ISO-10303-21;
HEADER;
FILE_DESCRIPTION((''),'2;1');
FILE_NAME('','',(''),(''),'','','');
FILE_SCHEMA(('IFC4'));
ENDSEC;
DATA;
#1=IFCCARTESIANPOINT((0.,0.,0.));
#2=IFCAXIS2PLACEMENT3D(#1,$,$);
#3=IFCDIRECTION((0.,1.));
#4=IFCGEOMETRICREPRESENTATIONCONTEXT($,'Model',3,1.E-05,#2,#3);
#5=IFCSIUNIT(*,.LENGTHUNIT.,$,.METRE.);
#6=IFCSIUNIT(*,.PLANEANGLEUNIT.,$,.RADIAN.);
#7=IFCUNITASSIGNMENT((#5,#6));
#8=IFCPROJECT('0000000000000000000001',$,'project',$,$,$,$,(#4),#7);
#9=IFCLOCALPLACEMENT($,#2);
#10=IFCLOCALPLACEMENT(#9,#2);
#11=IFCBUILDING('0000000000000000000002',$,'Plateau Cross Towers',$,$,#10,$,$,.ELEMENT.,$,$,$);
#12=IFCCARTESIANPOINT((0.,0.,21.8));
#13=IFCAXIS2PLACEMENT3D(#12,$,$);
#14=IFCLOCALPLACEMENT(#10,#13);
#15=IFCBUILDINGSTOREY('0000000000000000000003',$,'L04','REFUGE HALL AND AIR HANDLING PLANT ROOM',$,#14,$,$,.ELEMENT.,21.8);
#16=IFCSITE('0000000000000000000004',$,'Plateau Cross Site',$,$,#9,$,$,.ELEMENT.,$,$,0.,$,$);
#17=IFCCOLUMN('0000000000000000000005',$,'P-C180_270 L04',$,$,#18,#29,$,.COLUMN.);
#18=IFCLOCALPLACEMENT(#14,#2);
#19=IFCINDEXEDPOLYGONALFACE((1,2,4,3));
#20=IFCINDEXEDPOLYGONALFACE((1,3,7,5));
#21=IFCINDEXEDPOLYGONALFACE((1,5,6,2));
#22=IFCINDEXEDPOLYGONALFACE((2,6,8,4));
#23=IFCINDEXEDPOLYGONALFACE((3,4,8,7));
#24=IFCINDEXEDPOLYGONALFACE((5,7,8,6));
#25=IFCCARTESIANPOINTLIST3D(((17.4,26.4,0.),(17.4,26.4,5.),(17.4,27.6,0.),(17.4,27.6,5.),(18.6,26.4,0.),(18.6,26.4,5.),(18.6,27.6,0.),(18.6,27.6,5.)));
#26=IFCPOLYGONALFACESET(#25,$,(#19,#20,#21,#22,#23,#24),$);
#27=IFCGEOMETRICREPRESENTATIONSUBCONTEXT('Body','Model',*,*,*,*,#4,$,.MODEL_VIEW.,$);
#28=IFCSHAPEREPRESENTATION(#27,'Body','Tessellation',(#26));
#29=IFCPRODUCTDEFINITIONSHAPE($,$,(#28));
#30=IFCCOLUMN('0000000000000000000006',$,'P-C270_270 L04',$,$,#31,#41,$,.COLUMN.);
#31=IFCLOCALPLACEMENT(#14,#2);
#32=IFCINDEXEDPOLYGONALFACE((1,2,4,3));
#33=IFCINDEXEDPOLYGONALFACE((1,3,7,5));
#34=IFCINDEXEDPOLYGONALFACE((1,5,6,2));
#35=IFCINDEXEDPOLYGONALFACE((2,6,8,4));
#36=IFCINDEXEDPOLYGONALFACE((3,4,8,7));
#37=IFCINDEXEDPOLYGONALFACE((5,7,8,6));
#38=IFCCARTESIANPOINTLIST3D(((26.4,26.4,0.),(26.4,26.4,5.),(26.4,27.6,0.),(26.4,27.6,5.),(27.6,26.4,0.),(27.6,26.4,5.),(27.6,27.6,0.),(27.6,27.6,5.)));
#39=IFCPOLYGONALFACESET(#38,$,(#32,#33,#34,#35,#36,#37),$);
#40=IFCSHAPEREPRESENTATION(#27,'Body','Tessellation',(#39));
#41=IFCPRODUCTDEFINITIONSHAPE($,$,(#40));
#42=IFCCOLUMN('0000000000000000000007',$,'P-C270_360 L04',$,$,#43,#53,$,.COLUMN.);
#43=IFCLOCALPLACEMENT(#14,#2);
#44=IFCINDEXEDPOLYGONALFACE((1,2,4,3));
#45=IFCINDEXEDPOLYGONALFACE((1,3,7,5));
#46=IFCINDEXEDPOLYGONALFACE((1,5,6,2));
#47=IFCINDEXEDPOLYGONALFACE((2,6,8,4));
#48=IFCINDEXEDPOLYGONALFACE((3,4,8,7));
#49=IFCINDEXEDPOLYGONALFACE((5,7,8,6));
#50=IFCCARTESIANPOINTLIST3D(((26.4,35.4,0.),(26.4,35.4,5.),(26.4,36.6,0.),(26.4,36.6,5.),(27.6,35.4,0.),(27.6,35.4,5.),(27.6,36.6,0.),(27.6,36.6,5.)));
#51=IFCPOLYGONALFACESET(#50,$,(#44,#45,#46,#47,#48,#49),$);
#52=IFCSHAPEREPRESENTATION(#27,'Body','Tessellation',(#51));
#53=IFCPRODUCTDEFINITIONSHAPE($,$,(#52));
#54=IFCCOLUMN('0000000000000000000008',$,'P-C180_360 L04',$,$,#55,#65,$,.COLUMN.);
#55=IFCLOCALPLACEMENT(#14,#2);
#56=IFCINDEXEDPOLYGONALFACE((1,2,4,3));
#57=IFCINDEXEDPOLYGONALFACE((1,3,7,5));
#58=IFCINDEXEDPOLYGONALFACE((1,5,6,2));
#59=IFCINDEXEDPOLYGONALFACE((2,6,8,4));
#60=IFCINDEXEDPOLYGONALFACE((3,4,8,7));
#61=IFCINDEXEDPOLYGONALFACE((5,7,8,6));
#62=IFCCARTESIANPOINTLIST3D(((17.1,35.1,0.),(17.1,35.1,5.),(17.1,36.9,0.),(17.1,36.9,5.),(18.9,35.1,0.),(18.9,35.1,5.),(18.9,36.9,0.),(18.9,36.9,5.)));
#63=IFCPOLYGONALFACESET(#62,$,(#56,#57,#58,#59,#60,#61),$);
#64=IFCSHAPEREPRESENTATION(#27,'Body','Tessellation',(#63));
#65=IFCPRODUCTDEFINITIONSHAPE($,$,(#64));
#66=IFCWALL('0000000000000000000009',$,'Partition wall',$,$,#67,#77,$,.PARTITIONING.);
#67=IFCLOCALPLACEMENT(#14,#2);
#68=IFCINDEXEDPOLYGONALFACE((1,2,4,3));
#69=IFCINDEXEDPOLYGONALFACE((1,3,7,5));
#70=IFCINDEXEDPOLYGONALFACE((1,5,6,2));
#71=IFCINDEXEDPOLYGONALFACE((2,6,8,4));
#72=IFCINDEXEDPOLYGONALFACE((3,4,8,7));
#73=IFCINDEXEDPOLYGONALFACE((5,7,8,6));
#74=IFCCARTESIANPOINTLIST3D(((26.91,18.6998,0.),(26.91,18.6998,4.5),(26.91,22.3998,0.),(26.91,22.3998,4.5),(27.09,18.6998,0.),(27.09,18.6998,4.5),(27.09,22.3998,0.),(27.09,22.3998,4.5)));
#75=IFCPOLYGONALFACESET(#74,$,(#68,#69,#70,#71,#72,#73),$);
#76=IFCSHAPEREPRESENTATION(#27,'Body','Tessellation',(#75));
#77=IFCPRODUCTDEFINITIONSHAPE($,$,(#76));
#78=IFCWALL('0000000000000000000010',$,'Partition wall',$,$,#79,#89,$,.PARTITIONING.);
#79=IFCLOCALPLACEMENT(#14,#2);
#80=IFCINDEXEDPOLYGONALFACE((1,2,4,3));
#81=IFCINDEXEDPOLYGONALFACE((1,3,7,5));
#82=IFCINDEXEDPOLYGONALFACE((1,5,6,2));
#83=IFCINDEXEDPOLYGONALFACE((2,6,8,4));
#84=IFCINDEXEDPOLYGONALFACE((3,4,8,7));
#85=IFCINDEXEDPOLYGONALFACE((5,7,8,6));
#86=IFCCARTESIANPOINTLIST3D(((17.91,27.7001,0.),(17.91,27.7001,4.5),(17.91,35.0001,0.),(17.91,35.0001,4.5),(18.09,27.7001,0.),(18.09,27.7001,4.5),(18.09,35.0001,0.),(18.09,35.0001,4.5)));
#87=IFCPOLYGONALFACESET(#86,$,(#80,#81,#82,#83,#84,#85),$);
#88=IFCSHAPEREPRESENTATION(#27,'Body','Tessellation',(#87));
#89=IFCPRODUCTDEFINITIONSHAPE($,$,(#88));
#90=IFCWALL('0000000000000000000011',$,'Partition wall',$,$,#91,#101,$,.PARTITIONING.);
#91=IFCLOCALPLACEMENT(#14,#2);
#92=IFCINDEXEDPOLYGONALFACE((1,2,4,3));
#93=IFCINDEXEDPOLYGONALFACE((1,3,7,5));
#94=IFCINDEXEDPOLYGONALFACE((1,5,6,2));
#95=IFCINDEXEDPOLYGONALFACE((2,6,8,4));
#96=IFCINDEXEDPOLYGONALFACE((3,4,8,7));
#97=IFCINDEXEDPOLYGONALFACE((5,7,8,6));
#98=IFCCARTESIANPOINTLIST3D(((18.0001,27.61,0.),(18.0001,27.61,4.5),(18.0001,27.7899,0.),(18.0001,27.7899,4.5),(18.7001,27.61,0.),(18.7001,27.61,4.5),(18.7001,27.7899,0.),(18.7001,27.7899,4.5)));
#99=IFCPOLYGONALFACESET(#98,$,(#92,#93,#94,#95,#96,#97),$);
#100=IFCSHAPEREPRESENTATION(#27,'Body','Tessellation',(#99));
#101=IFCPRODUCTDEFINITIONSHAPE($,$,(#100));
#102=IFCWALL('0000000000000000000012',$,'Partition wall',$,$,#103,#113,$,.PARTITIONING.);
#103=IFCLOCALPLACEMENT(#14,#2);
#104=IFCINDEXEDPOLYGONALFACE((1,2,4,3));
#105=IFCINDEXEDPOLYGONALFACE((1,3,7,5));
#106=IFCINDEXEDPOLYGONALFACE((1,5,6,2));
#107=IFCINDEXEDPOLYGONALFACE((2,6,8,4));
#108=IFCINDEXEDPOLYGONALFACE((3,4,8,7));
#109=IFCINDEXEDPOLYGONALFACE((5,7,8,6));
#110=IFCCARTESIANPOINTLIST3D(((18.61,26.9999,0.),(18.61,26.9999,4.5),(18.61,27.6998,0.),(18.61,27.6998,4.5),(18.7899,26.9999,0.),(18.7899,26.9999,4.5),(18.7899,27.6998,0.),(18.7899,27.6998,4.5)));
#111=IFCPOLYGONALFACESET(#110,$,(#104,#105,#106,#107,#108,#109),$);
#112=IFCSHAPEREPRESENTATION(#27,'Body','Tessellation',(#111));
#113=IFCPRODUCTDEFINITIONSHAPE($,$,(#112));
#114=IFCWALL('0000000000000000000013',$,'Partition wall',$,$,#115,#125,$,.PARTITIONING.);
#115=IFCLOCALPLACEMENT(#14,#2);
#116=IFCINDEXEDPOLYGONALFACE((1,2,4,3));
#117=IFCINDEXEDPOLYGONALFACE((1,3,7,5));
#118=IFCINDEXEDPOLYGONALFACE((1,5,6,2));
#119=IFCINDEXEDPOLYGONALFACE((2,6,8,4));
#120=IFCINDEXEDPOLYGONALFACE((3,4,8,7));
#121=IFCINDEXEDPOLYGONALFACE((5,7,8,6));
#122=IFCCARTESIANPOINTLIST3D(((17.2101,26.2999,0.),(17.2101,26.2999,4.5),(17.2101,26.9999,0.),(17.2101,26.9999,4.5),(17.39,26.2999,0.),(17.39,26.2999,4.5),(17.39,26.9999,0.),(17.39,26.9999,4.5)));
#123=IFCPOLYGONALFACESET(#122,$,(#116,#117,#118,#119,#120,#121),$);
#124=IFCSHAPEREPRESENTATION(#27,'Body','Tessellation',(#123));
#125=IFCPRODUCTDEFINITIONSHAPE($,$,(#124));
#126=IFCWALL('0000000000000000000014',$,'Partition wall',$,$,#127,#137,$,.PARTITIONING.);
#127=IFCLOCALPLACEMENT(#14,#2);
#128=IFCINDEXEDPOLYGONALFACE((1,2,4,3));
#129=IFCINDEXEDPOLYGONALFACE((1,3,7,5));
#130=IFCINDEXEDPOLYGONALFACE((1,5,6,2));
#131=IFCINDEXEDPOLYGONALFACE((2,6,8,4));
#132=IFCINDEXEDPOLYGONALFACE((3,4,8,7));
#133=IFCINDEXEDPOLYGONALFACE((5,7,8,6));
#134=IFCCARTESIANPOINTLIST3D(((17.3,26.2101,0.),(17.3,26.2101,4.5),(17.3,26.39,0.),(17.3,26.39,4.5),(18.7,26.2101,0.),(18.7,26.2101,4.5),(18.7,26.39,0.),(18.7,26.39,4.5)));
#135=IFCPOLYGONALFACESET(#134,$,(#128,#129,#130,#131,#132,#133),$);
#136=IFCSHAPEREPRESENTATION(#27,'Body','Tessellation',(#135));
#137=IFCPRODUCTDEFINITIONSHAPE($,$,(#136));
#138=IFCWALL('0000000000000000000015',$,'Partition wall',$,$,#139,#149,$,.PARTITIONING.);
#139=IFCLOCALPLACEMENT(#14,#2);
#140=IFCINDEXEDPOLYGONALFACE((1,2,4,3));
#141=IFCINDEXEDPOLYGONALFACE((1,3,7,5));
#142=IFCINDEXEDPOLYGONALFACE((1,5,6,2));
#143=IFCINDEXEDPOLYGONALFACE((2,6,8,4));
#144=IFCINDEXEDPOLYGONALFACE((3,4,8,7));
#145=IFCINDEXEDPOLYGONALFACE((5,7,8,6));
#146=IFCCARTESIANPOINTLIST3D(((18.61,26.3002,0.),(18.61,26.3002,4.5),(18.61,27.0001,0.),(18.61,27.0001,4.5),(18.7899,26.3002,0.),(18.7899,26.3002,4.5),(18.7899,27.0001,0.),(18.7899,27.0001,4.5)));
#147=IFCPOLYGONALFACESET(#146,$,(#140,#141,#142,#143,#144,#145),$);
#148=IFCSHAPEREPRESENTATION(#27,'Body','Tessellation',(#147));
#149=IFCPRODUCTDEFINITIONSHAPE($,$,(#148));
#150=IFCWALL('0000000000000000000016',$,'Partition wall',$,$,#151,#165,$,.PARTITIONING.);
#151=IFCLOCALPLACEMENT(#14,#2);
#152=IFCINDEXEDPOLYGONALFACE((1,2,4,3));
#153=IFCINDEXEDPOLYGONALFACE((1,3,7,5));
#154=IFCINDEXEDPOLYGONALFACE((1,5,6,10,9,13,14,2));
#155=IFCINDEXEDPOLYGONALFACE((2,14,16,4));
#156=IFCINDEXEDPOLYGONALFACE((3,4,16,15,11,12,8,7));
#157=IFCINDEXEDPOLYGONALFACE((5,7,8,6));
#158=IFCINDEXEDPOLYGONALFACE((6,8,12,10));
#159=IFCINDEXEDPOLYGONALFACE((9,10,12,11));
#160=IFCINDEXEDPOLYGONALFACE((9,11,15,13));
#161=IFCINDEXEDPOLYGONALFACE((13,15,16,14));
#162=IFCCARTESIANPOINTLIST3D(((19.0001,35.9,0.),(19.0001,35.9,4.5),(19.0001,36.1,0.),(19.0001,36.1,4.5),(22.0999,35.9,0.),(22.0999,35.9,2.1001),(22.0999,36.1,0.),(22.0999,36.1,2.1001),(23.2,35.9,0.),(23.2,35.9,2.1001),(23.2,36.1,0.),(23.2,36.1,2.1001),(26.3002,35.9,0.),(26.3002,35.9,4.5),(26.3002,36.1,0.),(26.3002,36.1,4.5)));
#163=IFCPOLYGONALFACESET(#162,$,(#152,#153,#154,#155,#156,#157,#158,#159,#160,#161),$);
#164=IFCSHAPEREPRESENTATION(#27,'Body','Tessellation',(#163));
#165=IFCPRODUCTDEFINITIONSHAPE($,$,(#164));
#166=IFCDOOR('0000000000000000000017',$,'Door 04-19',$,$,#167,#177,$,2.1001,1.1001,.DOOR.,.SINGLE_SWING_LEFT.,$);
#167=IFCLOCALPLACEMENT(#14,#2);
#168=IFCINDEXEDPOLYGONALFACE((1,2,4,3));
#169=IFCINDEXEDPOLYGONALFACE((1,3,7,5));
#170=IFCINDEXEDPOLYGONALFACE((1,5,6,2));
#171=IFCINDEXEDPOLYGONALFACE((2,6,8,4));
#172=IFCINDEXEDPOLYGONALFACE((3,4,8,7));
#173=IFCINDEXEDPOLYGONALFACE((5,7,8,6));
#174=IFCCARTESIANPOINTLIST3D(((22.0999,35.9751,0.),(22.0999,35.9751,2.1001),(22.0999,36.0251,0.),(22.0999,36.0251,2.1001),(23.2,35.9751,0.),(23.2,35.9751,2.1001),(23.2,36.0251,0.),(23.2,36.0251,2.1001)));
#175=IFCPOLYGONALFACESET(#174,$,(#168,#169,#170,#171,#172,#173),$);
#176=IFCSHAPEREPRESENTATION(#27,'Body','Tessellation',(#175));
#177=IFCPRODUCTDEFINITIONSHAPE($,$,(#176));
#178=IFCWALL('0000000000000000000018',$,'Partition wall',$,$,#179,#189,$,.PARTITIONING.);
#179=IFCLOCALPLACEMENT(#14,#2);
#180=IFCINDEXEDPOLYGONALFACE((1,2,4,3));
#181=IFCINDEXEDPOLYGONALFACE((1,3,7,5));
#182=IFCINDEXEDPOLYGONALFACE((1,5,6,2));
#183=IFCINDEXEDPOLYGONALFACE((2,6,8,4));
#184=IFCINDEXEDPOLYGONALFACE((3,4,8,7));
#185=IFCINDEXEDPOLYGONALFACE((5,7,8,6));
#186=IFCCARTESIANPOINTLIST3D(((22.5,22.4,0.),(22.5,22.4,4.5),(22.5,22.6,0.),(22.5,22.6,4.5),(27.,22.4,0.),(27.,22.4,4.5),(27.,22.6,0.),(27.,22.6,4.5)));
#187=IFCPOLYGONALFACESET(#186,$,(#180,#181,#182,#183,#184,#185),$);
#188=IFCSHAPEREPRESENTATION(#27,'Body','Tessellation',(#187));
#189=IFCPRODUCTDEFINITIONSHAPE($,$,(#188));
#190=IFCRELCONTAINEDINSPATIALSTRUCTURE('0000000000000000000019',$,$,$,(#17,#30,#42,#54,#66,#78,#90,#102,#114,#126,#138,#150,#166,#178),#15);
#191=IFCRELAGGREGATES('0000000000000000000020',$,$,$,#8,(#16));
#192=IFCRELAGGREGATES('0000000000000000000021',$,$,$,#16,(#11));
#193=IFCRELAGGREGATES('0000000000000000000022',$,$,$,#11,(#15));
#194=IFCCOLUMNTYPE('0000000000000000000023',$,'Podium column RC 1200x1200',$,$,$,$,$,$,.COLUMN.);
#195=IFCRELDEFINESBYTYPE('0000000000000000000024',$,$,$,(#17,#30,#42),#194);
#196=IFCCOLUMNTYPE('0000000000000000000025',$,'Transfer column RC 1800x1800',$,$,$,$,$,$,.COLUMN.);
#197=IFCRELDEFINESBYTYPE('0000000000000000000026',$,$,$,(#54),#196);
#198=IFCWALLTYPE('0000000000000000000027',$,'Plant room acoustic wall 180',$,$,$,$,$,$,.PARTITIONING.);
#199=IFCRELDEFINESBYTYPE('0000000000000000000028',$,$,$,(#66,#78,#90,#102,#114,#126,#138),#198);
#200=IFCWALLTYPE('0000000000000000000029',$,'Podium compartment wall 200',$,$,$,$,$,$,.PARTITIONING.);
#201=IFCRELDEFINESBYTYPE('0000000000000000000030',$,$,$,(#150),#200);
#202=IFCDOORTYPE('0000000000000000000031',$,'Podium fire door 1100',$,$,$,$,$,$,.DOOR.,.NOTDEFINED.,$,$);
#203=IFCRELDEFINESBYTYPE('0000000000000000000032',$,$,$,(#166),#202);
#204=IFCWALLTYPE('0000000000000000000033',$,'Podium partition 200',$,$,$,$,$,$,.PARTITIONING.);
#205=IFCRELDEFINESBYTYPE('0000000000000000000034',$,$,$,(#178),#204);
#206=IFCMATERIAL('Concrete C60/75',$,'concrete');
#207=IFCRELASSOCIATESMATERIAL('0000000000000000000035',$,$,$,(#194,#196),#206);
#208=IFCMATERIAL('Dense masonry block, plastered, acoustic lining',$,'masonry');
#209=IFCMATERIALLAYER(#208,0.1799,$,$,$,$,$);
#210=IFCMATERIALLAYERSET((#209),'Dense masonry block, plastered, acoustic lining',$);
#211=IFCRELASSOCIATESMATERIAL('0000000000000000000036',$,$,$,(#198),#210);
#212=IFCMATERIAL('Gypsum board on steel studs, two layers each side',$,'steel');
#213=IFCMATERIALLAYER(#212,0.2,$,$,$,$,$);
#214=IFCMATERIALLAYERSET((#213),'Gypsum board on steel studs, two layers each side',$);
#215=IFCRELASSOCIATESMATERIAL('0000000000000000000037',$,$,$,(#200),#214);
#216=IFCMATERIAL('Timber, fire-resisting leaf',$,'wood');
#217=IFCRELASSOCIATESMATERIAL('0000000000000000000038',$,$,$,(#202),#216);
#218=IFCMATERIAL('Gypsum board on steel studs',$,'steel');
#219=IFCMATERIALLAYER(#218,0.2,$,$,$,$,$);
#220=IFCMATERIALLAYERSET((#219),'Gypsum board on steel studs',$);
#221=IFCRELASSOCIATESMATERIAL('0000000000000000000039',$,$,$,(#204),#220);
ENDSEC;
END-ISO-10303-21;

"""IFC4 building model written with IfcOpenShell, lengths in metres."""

from ifc_helpers import new_model, si_unit, direction, frame, frame_2d, origin, origin_2d, place, context, subcontext, project, spatial, rectangle, extrude, material, layer, layer_set, material_profile, profile_set, type_object, element, fill, save


model = new_model("IFC4")

# Units and contexts
model_context = context("Model", 3, precision=1e-05, world=origin(), true_north=direction((0.0, 1.0)))
body_context = subcontext(model_context, "Body", "Model", "MODEL_VIEW")
ifc_project = project(units=[si_unit("LENGTHUNIT", "METRE"), si_unit("PLANEANGLEUNIT", "RADIAN")], contexts=[model_context])

# Site, building, storey
site_placement = place(None, origin())
site = spatial("IfcSite", under=ifc_project, at=site_placement, Name="Plateau Cross Site", CompositionType="ELEMENT", RefElevation=0.0)
building_placement = place(site_placement, origin())
building = spatial("IfcBuilding", under=site, at=building_placement, Name="Plateau Cross Towers", CompositionType="ELEMENT")
storey_placement = place(building_placement, frame((0.0, 0.0, 21.8)))
storey = spatial("IfcBuildingStorey", under=building, at=storey_placement, Name="L04", Description="REFUGE HALL AND AIR HANDLING PLANT ROOM", CompositionType="ELEMENT", Elevation=21.8)

# Columns
ifc_material_1 = material(Name="Concrete C60/75", Category="concrete")
ifc_material_profile_1 = material_profile(ifc_material_1, rectangle(XDim=1.2, YDim=1.2, at=origin_2d()), Name="RC 1200x1200")
ifc_profile_set_1 = profile_set([ifc_material_profile_1], Name="Concrete C60/75")
column_type_1 = type_object("IfcColumnType", Name="Podium column RC 1200x1200", PredefinedType="COLUMN", material=ifc_profile_set_1)
for number, where, z_axis, x_axis, name in (
    (1, (18.0, 27.0, 0.0), (0.0, 0.0, 1.0), (1.0, 0.0, 0.0), "P-C180_270 L04"),
    (2, (27.0, 27.0, 0.0), (0.0, 0.0, 1.0), (1.0, 0.0, 0.0), "P-C270_270 L04"),
    (3, (27.0, 36.0, 0.0), (0.0, 0.0, 1.0), (1.0, 0.0, 0.0), "P-C270_360 L04"),
):
    element("IfcColumn", number, at=place(storey_placement, frame(where, z_axis=z_axis, x_axis=x_axis)), inside=storey, type_object=column_type_1, Name=name, PredefinedType="COLUMN", context=body_context, shape_type="SweptSolid", body=[
        extrude(rectangle(XDim=1.2, YDim=1.2, at=origin_2d()), origin(), (0.0, 0.0, 1.0), 5.0),
    ])
ifc_material_profile_2 = material_profile(ifc_material_1, rectangle(XDim=1.8, YDim=1.8, at=origin_2d()), Name="RC 1800x1800")
ifc_profile_set_2 = profile_set([ifc_material_profile_2], Name="Concrete C60/75")
column_type_2 = type_object("IfcColumnType", Name="Transfer column RC 1800x1800", PredefinedType="COLUMN", material=ifc_profile_set_2)
column_placement = place(storey_placement, frame((18.0, 36.0, 0.0), z_axis=(0.0, 0.0, 1.0), x_axis=(1.0, 0.0, 0.0)))
element("IfcColumn", 4, at=column_placement, inside=storey, type_object=column_type_2, Name="P-C180_360 L04", PredefinedType="COLUMN", context=body_context, shape_type="SweptSolid", body=[
    extrude(rectangle(XDim=1.8, YDim=1.8, at=origin_2d()), origin(), (0.0, 0.0, 1.0), 5.0),
])

# Walls
ifc_material_2 = material(Name="Dense masonry block, plastered, acoustic lining", Category="masonry")
ifc_layer_1 = layer(ifc_material_2, 0.1799)
ifc_layer_set_1 = layer_set([ifc_layer_1], Name="Dense masonry block, plastered, acoustic lining")
wall_type_1 = type_object("IfcWallType", Name="Plant room acoustic wall 180", PredefinedType="PARTITIONING", material=ifc_layer_set_1)
wall_1_placement = place(storey_placement, frame((27.0, 22.3999, 0.0), z_axis=(0.0, 0.0, 1.0), x_axis=(0.0, -1.0, 0.0)))
element("IfcWall", 5, at=wall_1_placement, inside=storey, type_object=wall_type_1, Name="Partition wall", PredefinedType="PARTITIONING", context=body_context, shape_type="SweptSolid", body=[
    extrude(rectangle(XDim=3.7, YDim=0.1799, at=frame_2d((1.8501, 0.0))), origin(), (0.0, 0.0, 1.0), 4.5),
])
wall_2_placement = place(storey_placement, frame((18.0, 35.0, 0.0), z_axis=(0.0, 0.0, 1.0), x_axis=(0.0, -1.0, 0.0)))
element("IfcWall", 6, at=wall_2_placement, inside=storey, type_object=wall_type_1, Name="Partition wall", PredefinedType="PARTITIONING", context=body_context, shape_type="SweptSolid", body=[
    extrude(rectangle(XDim=7.3, YDim=0.1799, at=frame_2d((3.6499, 0.0))), origin(), (0.0, 0.0, 1.0), 4.5),
])
for number, where, z_axis, x_axis, name in (
    (7, (18.0, 27.7, 0.0), (0.0, 0.0, 1.0), (1.0, 0.0, 0.0), "Partition wall"),
    (8, (18.7, 27.7, 0.0), (0.0, 0.0, 1.0), (0.0, -1.0, 0.0), "Partition wall"),
    (9, (17.3, 27.0, 0.0), (0.0, 0.0, 1.0), (0.0, -1.0, 0.0), "Partition wall"),
):
    element("IfcWall", number, at=place(storey_placement, frame(where, z_axis=z_axis, x_axis=x_axis)), inside=storey, type_object=wall_type_1, Name=name, PredefinedType="PARTITIONING", context=body_context, shape_type="SweptSolid", body=[
        extrude(rectangle(XDim=0.7, YDim=0.1799, at=frame_2d((0.3501, 0.0))), origin(), (0.0, 0.0, 1.0), 4.5),
    ])
wall_3_placement = place(storey_placement, frame((17.3, 26.3, 0.0), z_axis=(0.0, 0.0, 1.0), x_axis=(1.0, 0.0, 0.0)))
element("IfcWall", 10, at=wall_3_placement, inside=storey, type_object=wall_type_1, Name="Partition wall", PredefinedType="PARTITIONING", context=body_context, shape_type="SweptSolid", body=[
    extrude(rectangle(XDim=1.3999, YDim=0.1799, at=frame_2d((0.7, 0.0))), origin(), (0.0, 0.0, 1.0), 4.5),
])
wall_4_placement = place(storey_placement, frame((18.7, 26.3, 0.0), z_axis=(0.0, 0.0, 1.0), x_axis=(0.0, 1.0, 0.0)))
element("IfcWall", 11, at=wall_4_placement, inside=storey, type_object=wall_type_1, Name="Partition wall", PredefinedType="PARTITIONING", context=body_context, shape_type="SweptSolid", body=[
    extrude(rectangle(XDim=0.7, YDim=0.1799, at=frame_2d((0.3501, 0.0))), origin(), (0.0, 0.0, 1.0), 4.5),
])

# Wall, opening, door
ifc_material_3 = material(Name="Gypsum board on steel studs, two layers each side", Category="steel")
ifc_layer_2 = layer(ifc_material_3, 0.2)
ifc_layer_set_2 = layer_set([ifc_layer_2], Name="Gypsum board on steel studs, two layers each side")
wall_type_2 = type_object("IfcWallType", Name="Podium compartment wall 200", PredefinedType="PARTITIONING", material=ifc_layer_set_2)
wall_5_placement = place(storey_placement, frame((26.3, 36.0, 0.0), z_axis=(0.0, 0.0, 1.0), x_axis=(-1.0, 0.0, 0.0)))
wall_5 = element("IfcWall", 12, at=wall_5_placement, inside=storey, type_object=wall_type_2, Name="Partition wall", PredefinedType="PARTITIONING", context=body_context, shape_type="SweptSolid", body=[
    extrude(rectangle(XDim=7.3, YDim=0.2, at=frame_2d((3.6499, 0.0))), origin(), (0.0, 0.0, 1.0), 4.5),
])
opening_placement = place(wall_5_placement, frame((3.1001, 0.0, 0.0)))
opening = element("IfcOpeningElement", 13, at=opening_placement, cuts=wall_5, PredefinedType="OPENING", context=body_context, shape_type="SweptSolid", body=[
    extrude(rectangle(XDim=1.1001, YDim=2.1001, at=frame_2d((0.55, 1.05))), frame((0.0, 0.1099, 0.0), z_axis=(0.0, -1.0, 0.0), x_axis=(1.0, 0.0, 0.0)), (0.0, 0.0, 1.0), 0.22),
])
ifc_material_4 = material(Name="Timber, fire-resisting leaf", Category="wood")
door_type = type_object("IfcDoorType", Name="Podium fire door 1100", OperationType="NOTDEFINED", PredefinedType="DOOR", material=ifc_material_4)
door_placement = place(opening_placement, origin())
door = element("IfcDoor", 14, at=door_placement, inside=storey, type_object=door_type, Name="Door 04-19", OperationType="SINGLE_SWING_LEFT", OverallHeight=2.1001, OverallWidth=1.1001, PredefinedType="DOOR", context=body_context, shape_type="SweptSolid", body=[
    extrude(rectangle(XDim=1.1001, YDim=2.1001, at=frame_2d((0.55, 1.05))), frame((0.0, 0.0249, 0.0), z_axis=(0.0, -1.0, 0.0), x_axis=(1.0, 0.0, 0.0)), (0.0, 0.0, 1.0), 0.05),
])
fill(opening, door)

# Wall
ifc_material_5 = material(Name="Gypsum board on steel studs", Category="steel")
ifc_layer_3 = layer(ifc_material_5, 0.2)
ifc_layer_set_3 = layer_set([ifc_layer_3], Name="Gypsum board on steel studs")
wall_type_3 = type_object("IfcWallType", Name="Podium partition 200", PredefinedType="PARTITIONING", material=ifc_layer_set_3)
wall_6_placement = place(storey_placement, frame((22.5, 22.5, 0.0), z_axis=(0.0, 0.0, 1.0), x_axis=(1.0, 0.0, 0.0)))
element("IfcWall", 15, at=wall_6_placement, inside=storey, type_object=wall_type_3, Name="Partition wall", PredefinedType="PARTITIONING", context=body_context, shape_type="SweptSolid", body=[
    extrude(rectangle(XDim=4.5, YDim=0.2, at=frame_2d((2.25, 0.0))), origin(), (0.0, 0.0, 1.0), 4.5),
])

save(model, "model.ifc")
